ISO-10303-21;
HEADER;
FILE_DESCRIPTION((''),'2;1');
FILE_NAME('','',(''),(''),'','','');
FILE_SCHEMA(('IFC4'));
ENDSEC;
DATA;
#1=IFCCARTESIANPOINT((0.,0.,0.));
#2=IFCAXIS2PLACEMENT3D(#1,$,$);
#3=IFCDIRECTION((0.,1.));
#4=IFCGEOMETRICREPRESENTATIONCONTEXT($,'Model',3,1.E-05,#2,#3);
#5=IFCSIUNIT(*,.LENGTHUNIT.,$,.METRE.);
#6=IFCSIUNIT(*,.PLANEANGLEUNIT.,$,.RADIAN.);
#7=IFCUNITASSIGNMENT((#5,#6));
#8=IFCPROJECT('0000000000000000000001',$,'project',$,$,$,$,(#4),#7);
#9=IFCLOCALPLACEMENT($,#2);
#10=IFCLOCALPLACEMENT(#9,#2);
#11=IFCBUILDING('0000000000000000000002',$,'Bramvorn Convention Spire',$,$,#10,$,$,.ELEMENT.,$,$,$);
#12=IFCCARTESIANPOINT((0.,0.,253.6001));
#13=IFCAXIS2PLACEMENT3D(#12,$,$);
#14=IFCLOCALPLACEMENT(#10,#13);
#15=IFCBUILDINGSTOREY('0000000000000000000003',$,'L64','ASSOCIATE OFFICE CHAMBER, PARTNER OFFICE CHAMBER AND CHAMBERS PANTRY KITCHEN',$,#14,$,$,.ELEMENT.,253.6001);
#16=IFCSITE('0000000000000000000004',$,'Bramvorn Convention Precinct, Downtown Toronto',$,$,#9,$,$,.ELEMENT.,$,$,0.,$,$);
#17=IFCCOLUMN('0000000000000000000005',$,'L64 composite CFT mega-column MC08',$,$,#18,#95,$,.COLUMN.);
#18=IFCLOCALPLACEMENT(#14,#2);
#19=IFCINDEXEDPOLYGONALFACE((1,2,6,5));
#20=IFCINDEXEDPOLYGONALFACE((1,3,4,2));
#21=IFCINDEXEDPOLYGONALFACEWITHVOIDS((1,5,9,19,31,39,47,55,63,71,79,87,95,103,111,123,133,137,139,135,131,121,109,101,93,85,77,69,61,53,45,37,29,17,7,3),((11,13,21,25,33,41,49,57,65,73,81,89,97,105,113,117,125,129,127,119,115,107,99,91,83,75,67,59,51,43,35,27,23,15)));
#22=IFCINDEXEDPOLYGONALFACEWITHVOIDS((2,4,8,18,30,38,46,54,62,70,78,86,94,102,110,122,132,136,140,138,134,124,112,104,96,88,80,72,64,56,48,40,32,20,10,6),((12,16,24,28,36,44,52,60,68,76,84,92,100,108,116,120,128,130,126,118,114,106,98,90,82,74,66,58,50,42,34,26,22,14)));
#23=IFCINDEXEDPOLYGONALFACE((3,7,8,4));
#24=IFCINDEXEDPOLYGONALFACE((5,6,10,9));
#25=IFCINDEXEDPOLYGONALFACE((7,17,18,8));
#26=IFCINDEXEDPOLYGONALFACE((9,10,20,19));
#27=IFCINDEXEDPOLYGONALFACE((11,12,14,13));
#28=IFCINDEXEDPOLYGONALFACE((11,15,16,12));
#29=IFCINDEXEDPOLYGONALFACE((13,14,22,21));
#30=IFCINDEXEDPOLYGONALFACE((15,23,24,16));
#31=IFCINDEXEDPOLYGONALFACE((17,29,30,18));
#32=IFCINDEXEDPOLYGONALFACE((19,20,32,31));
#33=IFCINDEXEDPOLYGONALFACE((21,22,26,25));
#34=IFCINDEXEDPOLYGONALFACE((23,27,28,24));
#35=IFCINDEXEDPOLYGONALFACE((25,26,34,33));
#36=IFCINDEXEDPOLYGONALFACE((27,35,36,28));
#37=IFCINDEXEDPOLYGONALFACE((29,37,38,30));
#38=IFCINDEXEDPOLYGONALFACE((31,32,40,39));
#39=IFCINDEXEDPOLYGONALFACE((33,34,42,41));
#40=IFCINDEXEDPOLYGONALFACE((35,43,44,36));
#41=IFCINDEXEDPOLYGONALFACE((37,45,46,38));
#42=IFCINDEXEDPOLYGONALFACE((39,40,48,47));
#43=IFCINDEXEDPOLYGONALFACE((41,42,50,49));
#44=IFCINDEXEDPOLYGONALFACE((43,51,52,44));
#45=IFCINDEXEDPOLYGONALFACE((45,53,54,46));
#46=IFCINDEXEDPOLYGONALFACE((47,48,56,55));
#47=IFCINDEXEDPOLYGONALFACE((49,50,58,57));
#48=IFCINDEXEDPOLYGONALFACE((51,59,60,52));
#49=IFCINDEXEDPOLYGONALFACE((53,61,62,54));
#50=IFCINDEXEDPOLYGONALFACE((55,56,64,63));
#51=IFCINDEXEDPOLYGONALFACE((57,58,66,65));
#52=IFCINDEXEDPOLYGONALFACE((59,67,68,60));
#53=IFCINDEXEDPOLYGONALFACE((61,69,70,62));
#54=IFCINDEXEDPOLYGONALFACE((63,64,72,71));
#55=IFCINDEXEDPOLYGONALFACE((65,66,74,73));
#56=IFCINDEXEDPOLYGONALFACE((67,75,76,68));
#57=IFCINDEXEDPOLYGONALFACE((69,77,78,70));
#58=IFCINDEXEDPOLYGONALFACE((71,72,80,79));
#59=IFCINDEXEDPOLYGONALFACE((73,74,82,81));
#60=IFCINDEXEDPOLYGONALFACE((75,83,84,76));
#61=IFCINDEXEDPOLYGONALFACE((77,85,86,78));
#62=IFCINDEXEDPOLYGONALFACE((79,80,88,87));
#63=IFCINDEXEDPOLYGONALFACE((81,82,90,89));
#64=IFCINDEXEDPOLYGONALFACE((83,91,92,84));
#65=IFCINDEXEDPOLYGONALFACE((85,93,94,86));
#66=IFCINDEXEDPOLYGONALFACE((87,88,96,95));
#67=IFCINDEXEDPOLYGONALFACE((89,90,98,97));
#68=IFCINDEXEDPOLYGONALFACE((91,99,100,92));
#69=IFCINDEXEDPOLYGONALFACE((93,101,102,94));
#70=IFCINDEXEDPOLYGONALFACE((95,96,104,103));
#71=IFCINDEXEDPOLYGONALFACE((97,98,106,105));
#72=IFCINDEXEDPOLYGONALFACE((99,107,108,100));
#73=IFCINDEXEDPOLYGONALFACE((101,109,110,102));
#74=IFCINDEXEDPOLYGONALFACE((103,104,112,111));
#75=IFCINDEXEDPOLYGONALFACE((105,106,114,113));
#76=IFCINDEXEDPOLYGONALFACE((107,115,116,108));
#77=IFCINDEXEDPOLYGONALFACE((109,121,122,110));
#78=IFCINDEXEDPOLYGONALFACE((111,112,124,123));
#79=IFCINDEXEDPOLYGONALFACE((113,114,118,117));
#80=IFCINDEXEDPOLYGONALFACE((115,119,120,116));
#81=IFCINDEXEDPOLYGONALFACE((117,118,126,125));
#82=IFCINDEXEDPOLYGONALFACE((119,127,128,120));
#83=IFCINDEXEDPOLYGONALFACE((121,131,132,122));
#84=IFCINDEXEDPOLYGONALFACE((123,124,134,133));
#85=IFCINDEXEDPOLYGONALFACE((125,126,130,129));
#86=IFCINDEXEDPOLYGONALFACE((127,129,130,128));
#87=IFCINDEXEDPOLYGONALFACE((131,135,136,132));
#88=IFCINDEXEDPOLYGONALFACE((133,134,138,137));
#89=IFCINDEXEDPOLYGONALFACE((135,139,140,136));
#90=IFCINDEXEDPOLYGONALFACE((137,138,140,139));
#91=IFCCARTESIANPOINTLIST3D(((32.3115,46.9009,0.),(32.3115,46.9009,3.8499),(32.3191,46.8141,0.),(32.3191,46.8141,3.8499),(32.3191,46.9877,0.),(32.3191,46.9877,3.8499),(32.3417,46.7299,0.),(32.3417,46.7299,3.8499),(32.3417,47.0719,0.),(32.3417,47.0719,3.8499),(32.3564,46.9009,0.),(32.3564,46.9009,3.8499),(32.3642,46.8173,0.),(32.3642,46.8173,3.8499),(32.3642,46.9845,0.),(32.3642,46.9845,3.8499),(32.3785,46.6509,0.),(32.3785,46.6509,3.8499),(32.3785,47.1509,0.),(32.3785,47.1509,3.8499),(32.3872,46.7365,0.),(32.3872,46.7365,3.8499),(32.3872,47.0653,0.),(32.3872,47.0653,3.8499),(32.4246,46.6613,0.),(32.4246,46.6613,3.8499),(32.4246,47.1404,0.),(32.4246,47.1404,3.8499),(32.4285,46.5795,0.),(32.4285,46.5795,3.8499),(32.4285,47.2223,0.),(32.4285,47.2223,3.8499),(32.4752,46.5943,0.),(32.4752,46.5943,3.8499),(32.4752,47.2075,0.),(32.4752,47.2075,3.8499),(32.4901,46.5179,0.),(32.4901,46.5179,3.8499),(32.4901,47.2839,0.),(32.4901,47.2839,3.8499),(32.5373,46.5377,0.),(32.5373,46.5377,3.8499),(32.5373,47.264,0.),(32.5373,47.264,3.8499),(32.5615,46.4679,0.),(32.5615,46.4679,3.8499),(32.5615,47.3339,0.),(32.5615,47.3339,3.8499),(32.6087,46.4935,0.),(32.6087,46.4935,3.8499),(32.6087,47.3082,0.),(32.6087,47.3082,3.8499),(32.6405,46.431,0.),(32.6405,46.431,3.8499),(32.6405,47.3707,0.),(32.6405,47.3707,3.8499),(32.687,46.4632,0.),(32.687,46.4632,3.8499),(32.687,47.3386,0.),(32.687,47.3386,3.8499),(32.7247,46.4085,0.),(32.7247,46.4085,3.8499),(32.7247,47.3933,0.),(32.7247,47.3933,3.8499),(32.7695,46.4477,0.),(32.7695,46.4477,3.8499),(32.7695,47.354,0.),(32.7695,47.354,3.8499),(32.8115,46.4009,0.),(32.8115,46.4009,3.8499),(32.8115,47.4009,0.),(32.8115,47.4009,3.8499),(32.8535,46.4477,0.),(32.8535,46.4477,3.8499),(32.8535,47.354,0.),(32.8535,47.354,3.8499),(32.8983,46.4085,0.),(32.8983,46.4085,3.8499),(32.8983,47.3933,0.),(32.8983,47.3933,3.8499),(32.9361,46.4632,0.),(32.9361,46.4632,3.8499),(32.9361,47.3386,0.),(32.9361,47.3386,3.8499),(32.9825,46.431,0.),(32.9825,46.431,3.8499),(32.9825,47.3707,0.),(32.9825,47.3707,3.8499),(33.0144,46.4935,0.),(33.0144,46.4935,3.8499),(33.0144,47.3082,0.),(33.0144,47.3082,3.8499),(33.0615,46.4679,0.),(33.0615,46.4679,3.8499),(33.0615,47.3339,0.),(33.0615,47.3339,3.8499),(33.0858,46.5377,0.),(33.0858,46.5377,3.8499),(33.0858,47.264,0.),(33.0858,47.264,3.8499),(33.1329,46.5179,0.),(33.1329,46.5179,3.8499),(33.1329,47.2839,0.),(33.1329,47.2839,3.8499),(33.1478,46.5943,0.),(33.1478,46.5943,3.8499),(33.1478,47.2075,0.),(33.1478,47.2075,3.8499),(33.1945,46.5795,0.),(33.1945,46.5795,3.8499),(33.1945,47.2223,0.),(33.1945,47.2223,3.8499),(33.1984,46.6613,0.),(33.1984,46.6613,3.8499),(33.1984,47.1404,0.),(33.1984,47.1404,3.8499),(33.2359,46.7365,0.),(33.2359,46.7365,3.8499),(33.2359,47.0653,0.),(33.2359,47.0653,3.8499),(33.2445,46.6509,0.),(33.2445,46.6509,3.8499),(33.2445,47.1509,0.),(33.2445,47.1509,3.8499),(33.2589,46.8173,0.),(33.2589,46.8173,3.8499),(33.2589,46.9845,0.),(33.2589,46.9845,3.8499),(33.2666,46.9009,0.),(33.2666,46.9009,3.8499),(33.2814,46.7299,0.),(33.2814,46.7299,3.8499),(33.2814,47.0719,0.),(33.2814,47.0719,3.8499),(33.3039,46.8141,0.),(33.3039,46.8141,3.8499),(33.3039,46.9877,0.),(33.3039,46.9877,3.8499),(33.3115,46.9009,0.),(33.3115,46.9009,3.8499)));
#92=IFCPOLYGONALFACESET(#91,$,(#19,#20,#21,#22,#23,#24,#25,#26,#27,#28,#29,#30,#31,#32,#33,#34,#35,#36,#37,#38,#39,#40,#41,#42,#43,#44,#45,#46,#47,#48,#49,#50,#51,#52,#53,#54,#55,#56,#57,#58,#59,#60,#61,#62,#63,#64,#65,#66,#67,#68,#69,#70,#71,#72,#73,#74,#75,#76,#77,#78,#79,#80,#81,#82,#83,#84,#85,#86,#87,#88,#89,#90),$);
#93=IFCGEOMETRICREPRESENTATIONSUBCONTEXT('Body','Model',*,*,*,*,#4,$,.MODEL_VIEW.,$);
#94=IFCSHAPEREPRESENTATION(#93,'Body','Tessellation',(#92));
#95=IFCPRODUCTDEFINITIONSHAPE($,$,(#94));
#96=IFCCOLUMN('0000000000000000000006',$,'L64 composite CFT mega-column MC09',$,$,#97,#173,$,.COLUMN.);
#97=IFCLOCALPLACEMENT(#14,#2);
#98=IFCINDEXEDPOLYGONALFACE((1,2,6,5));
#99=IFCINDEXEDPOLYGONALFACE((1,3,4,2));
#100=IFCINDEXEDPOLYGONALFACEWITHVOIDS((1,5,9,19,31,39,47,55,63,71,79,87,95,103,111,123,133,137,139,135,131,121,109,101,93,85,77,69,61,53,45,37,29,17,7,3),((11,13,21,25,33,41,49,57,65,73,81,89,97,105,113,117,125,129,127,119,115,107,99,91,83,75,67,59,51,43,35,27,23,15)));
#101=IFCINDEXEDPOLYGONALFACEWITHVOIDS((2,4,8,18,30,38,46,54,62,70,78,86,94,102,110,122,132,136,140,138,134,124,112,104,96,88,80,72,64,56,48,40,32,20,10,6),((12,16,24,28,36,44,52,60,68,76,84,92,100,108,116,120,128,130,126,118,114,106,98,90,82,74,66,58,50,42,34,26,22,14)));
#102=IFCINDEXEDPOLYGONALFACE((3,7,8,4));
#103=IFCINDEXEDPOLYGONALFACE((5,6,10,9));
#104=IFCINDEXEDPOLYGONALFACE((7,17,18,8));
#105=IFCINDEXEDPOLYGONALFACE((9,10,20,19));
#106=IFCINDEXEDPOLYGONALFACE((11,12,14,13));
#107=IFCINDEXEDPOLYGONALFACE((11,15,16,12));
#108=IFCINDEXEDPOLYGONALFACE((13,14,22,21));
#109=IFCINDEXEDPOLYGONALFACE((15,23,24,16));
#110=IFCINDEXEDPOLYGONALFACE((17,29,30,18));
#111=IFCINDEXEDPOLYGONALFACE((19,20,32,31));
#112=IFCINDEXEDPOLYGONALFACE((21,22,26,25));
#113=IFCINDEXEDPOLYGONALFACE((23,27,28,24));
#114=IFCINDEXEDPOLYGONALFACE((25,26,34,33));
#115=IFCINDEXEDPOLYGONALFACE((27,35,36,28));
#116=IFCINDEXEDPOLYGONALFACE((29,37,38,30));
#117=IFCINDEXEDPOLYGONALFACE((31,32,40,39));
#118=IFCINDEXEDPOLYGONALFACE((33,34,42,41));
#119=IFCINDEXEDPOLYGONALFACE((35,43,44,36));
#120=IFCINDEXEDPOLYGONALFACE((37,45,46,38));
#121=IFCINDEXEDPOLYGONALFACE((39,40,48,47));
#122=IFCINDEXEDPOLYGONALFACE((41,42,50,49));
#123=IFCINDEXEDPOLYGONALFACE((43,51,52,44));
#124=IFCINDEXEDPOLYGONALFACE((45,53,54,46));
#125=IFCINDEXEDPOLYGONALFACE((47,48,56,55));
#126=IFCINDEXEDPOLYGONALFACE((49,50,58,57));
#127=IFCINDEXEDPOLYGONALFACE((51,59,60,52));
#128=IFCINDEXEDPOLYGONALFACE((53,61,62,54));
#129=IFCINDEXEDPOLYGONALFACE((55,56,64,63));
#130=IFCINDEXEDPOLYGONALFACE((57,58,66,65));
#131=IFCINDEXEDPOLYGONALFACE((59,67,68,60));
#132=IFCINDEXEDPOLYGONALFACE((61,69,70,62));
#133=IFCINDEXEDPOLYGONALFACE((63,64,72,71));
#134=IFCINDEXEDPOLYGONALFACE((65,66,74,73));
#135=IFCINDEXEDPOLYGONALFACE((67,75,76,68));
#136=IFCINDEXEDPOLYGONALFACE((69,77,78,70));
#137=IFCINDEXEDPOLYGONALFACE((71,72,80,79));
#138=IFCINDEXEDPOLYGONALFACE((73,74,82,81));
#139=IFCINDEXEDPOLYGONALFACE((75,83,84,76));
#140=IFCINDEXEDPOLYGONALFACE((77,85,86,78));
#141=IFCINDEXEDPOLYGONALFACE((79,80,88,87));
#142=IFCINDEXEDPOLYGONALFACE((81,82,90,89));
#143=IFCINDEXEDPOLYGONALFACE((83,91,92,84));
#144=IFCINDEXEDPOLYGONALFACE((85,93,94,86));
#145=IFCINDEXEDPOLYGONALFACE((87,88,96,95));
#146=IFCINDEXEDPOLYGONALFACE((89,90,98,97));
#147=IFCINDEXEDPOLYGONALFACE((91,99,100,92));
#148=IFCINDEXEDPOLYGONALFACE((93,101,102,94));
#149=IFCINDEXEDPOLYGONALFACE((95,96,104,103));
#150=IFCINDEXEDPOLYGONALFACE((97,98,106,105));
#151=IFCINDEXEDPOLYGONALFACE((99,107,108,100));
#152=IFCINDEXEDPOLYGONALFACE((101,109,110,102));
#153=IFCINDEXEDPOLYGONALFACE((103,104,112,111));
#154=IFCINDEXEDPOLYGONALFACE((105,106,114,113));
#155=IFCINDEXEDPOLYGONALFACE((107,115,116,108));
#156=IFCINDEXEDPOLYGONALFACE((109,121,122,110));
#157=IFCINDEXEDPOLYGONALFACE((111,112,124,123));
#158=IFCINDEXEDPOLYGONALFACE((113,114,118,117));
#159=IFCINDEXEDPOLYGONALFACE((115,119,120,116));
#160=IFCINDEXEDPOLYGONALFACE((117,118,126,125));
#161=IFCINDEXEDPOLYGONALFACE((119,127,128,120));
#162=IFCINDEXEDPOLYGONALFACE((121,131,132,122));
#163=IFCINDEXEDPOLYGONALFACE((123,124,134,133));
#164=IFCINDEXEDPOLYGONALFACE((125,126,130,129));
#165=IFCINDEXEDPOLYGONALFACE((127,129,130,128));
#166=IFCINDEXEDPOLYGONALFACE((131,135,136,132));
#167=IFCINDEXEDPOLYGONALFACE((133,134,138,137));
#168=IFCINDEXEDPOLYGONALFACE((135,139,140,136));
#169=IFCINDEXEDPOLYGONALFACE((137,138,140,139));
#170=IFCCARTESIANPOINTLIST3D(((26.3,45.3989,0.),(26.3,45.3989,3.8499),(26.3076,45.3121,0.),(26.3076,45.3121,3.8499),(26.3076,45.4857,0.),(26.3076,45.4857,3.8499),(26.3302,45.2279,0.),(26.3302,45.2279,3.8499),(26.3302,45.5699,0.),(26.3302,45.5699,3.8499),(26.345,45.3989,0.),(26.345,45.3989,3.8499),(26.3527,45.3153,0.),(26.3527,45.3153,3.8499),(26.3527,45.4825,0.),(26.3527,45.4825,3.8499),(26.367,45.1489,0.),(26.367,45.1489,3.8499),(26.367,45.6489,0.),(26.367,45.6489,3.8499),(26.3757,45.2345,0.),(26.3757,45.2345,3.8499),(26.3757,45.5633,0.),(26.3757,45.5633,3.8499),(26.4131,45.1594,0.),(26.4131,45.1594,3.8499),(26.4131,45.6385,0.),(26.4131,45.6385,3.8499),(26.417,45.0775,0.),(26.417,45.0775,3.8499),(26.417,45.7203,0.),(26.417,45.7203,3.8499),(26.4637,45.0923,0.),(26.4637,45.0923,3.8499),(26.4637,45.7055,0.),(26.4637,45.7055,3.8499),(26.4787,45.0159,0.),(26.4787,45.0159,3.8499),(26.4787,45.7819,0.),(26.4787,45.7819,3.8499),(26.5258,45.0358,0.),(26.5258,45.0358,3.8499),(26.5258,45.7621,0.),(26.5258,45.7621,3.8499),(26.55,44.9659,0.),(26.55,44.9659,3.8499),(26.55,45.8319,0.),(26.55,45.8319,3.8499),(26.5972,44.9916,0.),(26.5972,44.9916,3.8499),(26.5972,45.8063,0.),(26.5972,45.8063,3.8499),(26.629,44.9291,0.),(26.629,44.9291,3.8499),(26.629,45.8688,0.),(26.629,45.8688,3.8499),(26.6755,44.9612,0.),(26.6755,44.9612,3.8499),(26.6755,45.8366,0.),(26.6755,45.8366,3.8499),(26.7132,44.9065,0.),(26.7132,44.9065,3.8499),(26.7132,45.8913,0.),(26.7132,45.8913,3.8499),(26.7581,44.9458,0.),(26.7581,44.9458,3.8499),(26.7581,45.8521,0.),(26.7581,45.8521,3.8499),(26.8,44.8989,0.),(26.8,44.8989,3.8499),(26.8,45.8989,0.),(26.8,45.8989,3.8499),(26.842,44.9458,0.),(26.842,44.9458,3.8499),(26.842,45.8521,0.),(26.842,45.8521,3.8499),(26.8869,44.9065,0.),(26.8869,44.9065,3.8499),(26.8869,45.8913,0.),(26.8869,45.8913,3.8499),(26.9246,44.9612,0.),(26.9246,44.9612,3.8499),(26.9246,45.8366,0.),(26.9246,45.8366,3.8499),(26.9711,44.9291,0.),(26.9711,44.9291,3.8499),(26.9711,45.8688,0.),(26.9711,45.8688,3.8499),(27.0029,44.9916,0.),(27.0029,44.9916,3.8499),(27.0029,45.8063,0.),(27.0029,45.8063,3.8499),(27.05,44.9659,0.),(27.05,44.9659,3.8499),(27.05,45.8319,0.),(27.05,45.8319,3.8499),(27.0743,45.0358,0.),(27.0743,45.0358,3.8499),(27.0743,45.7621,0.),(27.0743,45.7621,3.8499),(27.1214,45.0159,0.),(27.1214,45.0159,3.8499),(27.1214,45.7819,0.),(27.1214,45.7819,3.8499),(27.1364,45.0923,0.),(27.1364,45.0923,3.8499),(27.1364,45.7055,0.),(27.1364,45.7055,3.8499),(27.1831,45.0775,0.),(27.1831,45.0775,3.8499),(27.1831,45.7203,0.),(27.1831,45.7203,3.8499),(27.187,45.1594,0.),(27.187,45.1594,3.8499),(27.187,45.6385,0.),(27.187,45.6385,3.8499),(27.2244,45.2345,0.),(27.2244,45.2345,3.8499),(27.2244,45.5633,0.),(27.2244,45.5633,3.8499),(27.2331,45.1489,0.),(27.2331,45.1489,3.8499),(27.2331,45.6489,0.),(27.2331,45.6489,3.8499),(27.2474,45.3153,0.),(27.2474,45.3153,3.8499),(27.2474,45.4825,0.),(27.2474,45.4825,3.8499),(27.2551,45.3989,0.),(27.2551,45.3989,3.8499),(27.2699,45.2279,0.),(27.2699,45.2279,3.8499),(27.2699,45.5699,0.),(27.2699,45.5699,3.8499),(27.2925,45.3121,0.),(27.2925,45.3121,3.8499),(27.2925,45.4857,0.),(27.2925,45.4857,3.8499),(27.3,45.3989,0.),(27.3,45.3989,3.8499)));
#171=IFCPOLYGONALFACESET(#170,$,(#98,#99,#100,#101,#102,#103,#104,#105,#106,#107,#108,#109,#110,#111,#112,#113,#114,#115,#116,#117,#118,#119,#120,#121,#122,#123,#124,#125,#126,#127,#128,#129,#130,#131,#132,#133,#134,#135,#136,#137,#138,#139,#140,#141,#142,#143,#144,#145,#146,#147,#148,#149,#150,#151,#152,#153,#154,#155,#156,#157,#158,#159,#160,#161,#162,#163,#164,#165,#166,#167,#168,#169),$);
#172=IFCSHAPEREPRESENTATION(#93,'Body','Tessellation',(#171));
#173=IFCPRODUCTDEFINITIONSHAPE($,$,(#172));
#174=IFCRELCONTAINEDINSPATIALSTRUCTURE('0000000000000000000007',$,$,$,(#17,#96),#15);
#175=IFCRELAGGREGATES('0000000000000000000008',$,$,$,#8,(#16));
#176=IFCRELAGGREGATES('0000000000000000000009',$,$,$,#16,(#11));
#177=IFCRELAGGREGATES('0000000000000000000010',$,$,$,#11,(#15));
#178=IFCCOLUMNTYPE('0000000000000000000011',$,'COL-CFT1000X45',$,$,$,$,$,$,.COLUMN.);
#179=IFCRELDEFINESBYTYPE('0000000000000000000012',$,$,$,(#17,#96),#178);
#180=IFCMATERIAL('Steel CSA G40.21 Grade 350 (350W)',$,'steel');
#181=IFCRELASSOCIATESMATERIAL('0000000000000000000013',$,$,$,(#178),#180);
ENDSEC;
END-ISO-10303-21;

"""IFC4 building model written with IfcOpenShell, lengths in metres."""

from ifc_helpers import new_model, si_unit, direction, frame, origin, origin_2d, place, context, subcontext, project, spatial, hollow_circle, extrude, material, material_profile, profile_set, type_object, element, save


model = new_model("IFC4")

# Units and contexts
model_context = context("Model", 3, precision=1e-05, world=origin(), true_north=direction((0.0, 1.0)))
body_context = subcontext(model_context, "Body", "Model", "MODEL_VIEW")
ifc_project = project(units=[si_unit("LENGTHUNIT", "METRE"), si_unit("PLANEANGLEUNIT", "RADIAN")], contexts=[model_context])

# Site, building, storey
site_placement = place(None, origin())
site = spatial("IfcSite", under=ifc_project, at=site_placement, Name="Bramvorn Convention Precinct, Downtown Toronto", CompositionType="ELEMENT", RefElevation=0.0)
building_placement = place(site_placement, origin())
building = spatial("IfcBuilding", under=site, at=building_placement, Name="Bramvorn Convention Spire", CompositionType="ELEMENT")
storey_placement = place(building_placement, frame((0.0, 0.0, 253.6001)))
storey = spatial("IfcBuildingStorey", under=building, at=storey_placement, Name="L64", Description="ASSOCIATE OFFICE CHAMBER, PARTNER OFFICE CHAMBER AND CHAMBERS PANTRY KITCHEN", CompositionType="ELEMENT", Elevation=253.6001)

# Columns
ifc_material_1 = material(Name="Steel CSA G40.21 Grade 350 (350W)", Category="steel")
ifc_material_profile_1 = material_profile(ifc_material_1, hollow_circle(Radius=0.5, WallThickness=0.0449, at=origin_2d()))
ifc_profile_set_1 = profile_set([ifc_material_profile_1], Name="Steel CSA G40.21 Grade 350 (350W) - CFT1000X45")
column_type = type_object("IfcColumnType", Name="COL-CFT1000X45", PredefinedType="COLUMN", material=ifc_profile_set_1)
for number, where, z_axis, x_axis, name in (
    (1, (32.8115, 46.9009, 0.0), (0.0, 0.0, 1.0), (1.0, 0.0, 0.0), "L64 composite CFT mega-column MC08"),
    (2, (26.8, 45.3989, 0.0), (0.0, 0.0, 1.0), (1.0, 0.0, 0.0), "L64 composite CFT mega-column MC09"),
):
    element("IfcColumn", number, at=place(storey_placement, frame(where, z_axis=z_axis, x_axis=x_axis)), inside=storey, type_object=column_type, Name=name, PredefinedType="COLUMN", context=body_context, shape_type="SweptSolid", body=[
        extrude(hollow_circle(Radius=0.5, WallThickness=0.0449, at=origin_2d()), origin(), (0.0, 0.0, 1.0), 3.8499),
    ])

save(model, "model.ifc")
